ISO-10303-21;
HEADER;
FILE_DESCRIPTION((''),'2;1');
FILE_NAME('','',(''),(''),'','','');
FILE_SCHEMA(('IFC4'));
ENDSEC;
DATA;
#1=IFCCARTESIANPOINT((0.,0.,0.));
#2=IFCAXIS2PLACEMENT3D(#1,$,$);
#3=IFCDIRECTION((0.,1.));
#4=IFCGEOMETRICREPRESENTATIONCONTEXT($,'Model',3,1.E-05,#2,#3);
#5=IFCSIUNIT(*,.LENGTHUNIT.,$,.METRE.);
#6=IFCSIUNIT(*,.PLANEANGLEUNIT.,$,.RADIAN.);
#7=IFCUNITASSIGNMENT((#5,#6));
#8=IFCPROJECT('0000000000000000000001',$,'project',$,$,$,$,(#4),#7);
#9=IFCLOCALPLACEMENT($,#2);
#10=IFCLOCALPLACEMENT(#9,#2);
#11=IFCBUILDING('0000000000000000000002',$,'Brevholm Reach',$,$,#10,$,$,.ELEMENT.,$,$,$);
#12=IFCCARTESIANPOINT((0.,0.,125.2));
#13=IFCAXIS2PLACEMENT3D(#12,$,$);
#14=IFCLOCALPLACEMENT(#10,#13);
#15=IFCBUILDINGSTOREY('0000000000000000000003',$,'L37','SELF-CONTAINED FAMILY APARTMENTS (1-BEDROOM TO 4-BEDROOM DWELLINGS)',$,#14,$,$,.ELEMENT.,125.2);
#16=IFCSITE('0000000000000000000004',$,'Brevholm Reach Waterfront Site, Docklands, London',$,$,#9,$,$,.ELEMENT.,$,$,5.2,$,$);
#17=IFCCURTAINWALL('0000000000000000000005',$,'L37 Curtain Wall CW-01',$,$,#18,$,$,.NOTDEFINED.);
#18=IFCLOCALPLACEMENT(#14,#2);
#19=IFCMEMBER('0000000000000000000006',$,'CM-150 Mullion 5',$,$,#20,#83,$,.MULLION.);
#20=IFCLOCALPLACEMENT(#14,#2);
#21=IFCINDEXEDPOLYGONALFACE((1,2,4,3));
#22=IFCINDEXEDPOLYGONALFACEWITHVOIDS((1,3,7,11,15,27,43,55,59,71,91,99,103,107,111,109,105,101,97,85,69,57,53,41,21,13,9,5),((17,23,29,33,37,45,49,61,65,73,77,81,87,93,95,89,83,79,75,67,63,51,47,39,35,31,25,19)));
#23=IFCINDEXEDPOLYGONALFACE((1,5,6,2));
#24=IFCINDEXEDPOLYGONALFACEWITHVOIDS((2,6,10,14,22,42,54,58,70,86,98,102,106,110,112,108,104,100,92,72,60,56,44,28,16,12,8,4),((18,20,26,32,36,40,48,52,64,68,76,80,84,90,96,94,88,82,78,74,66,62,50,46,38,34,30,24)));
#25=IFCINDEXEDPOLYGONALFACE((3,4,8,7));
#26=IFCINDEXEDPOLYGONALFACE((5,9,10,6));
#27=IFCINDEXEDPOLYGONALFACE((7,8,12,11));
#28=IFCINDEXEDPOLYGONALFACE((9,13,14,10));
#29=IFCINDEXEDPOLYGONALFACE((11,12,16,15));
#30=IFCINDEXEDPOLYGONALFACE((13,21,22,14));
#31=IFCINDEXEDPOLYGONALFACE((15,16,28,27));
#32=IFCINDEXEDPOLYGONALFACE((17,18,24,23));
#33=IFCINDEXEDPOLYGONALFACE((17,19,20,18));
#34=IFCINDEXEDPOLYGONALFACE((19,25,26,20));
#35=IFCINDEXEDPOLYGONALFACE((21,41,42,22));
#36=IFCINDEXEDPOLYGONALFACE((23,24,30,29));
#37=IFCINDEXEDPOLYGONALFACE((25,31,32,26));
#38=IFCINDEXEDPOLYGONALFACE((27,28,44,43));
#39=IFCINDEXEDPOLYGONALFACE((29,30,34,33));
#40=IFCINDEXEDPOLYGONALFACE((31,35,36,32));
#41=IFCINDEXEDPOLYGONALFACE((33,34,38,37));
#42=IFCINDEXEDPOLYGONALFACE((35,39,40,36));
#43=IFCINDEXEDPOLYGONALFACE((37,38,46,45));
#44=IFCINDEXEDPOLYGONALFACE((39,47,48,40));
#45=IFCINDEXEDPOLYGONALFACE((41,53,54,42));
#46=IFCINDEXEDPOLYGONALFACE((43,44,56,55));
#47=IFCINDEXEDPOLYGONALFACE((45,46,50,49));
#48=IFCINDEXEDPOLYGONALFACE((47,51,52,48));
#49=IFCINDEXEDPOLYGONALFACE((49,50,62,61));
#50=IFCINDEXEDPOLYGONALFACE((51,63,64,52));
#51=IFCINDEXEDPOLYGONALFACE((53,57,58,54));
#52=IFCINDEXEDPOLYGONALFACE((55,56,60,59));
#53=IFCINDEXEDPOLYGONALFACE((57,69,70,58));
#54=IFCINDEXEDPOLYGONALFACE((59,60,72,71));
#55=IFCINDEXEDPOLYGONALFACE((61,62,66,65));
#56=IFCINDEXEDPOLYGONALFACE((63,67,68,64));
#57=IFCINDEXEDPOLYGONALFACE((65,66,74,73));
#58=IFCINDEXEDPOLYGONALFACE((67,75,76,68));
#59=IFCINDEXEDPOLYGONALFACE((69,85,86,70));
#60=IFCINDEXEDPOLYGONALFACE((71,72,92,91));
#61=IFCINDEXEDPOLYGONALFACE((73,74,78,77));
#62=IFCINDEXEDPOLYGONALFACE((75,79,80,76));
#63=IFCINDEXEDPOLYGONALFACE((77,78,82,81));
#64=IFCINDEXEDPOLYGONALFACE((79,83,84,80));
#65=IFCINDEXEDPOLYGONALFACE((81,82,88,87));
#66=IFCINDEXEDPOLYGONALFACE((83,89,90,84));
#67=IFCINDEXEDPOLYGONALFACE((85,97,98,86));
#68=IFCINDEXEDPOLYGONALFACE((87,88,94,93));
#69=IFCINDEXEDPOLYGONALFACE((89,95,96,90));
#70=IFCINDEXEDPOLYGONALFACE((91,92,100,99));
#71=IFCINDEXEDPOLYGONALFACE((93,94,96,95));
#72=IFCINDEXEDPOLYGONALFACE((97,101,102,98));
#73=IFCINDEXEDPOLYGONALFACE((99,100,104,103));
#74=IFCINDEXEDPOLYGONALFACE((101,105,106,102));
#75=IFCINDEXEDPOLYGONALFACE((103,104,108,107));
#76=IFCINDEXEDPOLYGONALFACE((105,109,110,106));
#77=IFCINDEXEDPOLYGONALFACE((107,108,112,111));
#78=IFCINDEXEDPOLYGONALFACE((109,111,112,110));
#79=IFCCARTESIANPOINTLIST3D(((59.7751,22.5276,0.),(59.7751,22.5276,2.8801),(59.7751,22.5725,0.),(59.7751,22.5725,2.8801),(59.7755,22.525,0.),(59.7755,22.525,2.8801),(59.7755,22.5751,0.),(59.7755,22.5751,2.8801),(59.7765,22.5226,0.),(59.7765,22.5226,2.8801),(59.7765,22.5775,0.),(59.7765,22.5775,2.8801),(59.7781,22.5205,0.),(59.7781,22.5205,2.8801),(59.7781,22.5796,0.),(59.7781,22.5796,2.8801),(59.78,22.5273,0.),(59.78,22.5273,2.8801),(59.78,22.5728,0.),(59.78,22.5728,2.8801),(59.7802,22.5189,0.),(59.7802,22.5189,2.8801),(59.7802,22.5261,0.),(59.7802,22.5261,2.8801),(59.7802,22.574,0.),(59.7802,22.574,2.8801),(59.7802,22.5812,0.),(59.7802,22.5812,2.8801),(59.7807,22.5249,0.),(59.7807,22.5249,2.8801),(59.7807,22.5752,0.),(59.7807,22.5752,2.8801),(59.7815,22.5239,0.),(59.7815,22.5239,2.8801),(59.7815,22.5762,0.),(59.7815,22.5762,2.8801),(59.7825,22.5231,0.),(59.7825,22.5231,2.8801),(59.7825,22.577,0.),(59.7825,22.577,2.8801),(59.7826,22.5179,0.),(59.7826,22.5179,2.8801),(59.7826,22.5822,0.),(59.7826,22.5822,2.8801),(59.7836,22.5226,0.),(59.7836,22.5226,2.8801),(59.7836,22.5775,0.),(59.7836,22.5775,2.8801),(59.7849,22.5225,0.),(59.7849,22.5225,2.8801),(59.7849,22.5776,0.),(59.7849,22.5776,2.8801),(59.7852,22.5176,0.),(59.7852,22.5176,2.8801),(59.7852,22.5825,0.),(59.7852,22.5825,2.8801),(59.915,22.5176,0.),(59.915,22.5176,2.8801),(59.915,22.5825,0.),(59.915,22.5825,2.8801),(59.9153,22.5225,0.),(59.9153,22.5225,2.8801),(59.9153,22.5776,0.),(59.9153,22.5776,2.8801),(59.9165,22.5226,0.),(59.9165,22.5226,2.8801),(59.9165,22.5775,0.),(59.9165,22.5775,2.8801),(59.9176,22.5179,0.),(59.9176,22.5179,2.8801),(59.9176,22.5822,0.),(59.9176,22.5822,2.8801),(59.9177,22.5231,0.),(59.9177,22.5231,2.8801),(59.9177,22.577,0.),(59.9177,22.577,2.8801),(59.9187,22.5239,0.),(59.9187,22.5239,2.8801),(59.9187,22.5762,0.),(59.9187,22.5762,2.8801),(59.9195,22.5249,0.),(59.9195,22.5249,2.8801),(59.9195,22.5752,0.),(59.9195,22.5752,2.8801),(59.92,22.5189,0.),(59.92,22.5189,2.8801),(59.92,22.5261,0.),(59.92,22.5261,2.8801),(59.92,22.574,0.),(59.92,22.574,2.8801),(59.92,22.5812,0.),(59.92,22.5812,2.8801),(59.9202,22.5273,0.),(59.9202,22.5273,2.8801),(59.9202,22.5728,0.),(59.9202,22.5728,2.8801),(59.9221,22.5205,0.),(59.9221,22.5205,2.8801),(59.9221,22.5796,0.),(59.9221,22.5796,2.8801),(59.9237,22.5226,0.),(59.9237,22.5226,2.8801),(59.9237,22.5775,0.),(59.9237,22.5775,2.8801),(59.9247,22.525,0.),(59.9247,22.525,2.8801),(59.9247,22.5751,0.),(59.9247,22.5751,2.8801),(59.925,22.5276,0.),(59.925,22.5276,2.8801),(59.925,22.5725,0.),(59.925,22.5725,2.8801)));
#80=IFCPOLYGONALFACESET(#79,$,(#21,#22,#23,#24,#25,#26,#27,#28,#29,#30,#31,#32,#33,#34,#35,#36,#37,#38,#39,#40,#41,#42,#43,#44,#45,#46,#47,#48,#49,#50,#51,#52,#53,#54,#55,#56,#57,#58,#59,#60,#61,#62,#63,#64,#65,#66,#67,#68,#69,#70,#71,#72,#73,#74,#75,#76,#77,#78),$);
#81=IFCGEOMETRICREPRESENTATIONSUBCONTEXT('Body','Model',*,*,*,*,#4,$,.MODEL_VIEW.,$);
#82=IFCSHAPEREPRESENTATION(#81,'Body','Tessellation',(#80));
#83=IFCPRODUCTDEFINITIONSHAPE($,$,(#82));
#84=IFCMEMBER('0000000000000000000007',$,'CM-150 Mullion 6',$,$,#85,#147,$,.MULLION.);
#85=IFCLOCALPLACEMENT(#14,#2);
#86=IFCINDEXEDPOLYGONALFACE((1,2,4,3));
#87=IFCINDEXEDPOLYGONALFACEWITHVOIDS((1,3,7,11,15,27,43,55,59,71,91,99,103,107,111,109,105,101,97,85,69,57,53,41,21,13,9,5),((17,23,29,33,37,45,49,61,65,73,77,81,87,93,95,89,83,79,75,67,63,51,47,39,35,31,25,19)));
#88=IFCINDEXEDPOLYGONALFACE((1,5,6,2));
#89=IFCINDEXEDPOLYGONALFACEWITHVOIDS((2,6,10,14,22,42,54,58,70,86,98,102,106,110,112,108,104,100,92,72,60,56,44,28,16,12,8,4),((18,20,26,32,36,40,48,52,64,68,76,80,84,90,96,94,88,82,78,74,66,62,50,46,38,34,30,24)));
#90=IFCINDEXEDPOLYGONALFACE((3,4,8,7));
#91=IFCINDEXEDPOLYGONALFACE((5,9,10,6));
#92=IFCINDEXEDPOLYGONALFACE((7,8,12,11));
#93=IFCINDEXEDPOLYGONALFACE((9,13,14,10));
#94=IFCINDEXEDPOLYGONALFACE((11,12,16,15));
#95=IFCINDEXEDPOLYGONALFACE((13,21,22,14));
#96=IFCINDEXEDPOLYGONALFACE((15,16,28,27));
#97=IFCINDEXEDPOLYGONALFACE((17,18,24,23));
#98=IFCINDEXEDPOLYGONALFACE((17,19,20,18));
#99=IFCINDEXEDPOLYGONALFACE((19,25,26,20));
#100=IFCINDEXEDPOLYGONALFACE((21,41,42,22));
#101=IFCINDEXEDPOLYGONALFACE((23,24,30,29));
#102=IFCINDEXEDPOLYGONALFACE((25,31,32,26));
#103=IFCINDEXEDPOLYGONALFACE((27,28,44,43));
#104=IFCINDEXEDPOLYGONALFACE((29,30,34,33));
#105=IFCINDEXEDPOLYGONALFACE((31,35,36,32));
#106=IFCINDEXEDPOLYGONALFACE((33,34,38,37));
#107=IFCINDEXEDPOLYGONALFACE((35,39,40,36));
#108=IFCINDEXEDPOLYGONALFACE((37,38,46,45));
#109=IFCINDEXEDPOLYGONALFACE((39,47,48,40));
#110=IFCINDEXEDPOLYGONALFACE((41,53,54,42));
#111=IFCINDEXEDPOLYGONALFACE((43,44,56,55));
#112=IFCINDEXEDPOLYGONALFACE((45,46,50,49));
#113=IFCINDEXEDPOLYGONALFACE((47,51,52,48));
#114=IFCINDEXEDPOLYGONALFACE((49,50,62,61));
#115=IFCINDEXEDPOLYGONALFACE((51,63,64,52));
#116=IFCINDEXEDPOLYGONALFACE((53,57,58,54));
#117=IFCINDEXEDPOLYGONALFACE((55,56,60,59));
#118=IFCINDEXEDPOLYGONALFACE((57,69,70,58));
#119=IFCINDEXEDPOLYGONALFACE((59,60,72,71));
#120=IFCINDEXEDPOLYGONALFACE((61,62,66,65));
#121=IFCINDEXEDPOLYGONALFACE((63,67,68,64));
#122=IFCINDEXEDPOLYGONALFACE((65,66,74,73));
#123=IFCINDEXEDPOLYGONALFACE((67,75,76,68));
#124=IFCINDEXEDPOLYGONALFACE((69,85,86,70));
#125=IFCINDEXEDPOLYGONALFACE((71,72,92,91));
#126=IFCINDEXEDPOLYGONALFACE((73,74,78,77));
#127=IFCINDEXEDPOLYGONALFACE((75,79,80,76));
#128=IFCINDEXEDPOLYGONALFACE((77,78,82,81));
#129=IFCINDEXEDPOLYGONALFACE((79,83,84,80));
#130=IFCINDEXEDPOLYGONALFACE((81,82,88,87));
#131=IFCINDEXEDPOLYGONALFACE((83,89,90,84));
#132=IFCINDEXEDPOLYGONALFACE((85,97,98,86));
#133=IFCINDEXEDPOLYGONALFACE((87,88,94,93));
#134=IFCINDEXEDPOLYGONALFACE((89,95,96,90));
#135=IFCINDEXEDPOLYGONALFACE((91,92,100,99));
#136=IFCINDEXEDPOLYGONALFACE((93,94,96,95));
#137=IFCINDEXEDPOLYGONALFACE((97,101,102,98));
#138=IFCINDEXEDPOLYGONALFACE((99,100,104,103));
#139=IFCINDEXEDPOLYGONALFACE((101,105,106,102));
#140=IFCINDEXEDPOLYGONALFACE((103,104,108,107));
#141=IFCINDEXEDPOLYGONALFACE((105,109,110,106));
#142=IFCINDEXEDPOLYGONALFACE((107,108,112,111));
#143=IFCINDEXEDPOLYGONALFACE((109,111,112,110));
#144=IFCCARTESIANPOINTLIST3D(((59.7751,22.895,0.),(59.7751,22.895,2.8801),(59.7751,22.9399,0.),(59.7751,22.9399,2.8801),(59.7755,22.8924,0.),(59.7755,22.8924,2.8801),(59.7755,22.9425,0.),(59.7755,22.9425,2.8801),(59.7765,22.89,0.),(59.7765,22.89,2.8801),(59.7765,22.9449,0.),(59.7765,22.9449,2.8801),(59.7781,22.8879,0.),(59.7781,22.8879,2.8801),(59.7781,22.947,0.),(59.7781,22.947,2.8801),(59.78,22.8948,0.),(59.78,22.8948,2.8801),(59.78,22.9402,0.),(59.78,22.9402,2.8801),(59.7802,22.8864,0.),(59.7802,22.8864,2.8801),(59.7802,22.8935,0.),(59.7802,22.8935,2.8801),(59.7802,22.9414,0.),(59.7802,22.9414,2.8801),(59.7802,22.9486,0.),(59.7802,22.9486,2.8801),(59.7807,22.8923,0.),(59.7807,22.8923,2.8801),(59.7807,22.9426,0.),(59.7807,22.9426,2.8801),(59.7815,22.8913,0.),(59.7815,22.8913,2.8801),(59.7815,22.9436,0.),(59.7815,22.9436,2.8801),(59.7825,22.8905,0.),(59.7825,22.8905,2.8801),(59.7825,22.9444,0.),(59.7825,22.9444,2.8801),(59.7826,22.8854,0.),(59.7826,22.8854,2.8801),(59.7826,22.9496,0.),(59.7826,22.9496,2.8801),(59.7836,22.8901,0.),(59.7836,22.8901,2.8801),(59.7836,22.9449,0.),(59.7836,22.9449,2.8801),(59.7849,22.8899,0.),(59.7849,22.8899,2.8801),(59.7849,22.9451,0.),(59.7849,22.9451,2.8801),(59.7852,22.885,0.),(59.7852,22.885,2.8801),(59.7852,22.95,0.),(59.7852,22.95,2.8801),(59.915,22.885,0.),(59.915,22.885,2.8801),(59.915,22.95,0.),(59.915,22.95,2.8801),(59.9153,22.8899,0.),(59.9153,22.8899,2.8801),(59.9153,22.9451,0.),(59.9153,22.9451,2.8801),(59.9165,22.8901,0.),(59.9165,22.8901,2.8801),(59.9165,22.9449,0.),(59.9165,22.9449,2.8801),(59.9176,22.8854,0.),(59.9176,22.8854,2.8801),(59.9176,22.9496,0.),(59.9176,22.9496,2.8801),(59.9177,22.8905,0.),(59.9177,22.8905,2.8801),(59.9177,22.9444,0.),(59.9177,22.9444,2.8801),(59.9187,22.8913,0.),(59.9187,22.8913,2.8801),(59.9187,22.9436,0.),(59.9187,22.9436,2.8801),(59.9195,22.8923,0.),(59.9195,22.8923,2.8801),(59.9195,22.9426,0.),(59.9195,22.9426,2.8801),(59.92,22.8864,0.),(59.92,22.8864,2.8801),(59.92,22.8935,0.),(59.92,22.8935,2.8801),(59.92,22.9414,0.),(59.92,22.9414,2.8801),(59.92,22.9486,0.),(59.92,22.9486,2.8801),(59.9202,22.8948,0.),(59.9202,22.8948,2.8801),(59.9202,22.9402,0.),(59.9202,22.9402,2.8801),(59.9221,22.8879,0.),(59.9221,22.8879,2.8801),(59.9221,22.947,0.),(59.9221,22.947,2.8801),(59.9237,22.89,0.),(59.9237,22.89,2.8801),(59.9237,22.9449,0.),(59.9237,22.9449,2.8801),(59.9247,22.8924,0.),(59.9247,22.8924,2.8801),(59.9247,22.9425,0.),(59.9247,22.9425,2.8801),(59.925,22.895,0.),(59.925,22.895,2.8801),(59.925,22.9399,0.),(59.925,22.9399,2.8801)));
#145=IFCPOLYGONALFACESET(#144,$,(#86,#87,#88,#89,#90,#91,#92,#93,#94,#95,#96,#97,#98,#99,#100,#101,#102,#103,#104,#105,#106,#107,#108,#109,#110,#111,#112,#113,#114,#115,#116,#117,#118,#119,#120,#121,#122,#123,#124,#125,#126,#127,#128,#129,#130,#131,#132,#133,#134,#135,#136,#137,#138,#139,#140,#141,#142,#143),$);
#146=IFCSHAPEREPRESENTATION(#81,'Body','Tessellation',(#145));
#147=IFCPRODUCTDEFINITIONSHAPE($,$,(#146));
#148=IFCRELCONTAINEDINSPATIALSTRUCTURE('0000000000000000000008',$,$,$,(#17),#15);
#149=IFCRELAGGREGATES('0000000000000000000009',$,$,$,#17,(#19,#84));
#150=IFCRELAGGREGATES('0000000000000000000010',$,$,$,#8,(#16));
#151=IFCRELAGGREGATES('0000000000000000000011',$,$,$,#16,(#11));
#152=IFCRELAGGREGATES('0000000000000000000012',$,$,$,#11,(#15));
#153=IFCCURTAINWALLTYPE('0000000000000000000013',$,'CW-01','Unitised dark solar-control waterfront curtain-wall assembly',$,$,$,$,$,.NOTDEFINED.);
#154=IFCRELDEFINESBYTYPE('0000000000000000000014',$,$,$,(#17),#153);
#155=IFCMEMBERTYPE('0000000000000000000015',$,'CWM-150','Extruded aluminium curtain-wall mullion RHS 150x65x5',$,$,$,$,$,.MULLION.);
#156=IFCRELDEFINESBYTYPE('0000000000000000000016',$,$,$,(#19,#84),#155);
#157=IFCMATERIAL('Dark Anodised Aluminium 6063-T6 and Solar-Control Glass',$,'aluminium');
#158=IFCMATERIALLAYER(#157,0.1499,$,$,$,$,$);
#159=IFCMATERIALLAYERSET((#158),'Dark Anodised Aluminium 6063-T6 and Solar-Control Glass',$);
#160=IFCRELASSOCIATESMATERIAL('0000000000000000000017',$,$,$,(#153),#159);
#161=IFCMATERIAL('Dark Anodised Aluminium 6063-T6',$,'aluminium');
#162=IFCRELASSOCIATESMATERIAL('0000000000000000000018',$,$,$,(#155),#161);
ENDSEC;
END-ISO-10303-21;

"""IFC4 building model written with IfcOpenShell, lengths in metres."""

from ifc_helpers import new_model, si_unit, direction, frame, origin, origin_2d, place, context, subcontext, project, spatial, hollow_rectangle, extrude, material, layer, layer_set, material_profile, profile_set, type_object, element, aggregate, save


model = new_model("IFC4")

# Units and contexts
model_context = context("Model", 3, precision=1e-05, world=origin(), true_north=direction((0.0, 1.0)))
body_context = subcontext(model_context, "Body", "Model", "MODEL_VIEW")
ifc_project = project(units=[si_unit("LENGTHUNIT", "METRE"), si_unit("PLANEANGLEUNIT", "RADIAN")], contexts=[model_context])

# Site, building, storey
site_placement = place(None, origin())
site = spatial("IfcSite", under=ifc_project, at=site_placement, Name="Brevholm Reach Waterfront Site, Docklands, London", CompositionType="ELEMENT", RefElevation=5.2)
building_placement = place(site_placement, origin())
building = spatial("IfcBuilding", under=site, at=building_placement, Name="Brevholm Reach", CompositionType="ELEMENT")
storey_placement = place(building_placement, frame((0.0, 0.0, 125.2)))
storey = spatial("IfcBuildingStorey", under=building, at=storey_placement, Name="L37", Description="SELF-CONTAINED FAMILY APARTMENTS (1-BEDROOM TO 4-BEDROOM DWELLINGS)", CompositionType="ELEMENT", Elevation=125.2)

# Curtain wall, members
ifc_material_1 = material(Name="Dark Anodised Aluminium 6063-T6 and Solar-Control Glass", Category="aluminium")
ifc_layer_1 = layer(ifc_material_1, 0.1499)
ifc_layer_set_1 = layer_set([ifc_layer_1], Name="Dark Anodised Aluminium 6063-T6 and Solar-Control Glass")
curtain_wall_type = type_object("IfcCurtainWallType", Name="CW-01", Description="Unitised dark solar-control waterfront curtain-wall assembly", PredefinedType="NOTDEFINED", material=ifc_layer_set_1)
curtain_wall_placement = place(storey_placement, origin())
curtain_wall = element("IfcCurtainWall", 1, at=curtain_wall_placement, inside=storey, type_object=curtain_wall_type, Name="L37 Curtain Wall CW-01", PredefinedType="NOTDEFINED")
ifc_material_2 = material(Name="Dark Anodised Aluminium 6063-T6", Category="aluminium")
ifc_material_profile_1 = material_profile(ifc_material_2, hollow_rectangle(XDim=0.0649, YDim=0.1499, WallThickness=0.0049, InnerFilletRadius=0.0049, OuterFilletRadius=0.01, at=origin_2d()), Name="RHS 150x65x5")
ifc_profile_set_1 = profile_set([ifc_material_profile_1], Name="Dark Anodised Aluminium 6063-T6")
member_type_1 = type_object("IfcMemberType", Name="CWM-150", Description="Extruded aluminium curtain-wall mullion RHS 150x65x5", PredefinedType="MULLION", material=ifc_profile_set_1)
member_1_placement = place(storey_placement, frame((59.8501, 22.55, 0.0), z_axis=(0.0, 0.0, 1.0), x_axis=(0.0, 1.0, 0.0)))
member_1 = element("IfcMember", 2, at=member_1_placement, type_object=member_type_1, Name="CM-150 Mullion 5", PredefinedType="MULLION", context=body_context, shape_type="SweptSolid", body=[
    extrude(hollow_rectangle(XDim=0.0649, YDim=0.1499, WallThickness=0.0049, InnerFilletRadius=0.0049, OuterFilletRadius=0.01, at=origin_2d()), origin(), (0.0, 0.0, 1.0), 2.8801),
])
member_2_placement = place(storey_placement, frame((59.8501, 22.9175, 0.0), z_axis=(0.0, 0.0, 1.0), x_axis=(0.0, 1.0, 0.0)))
member_2 = element("IfcMember", 3, at=member_2_placement, type_object=member_type_1, Name="CM-150 Mullion 6", PredefinedType="MULLION", context=body_context, shape_type="SweptSolid", body=[
    extrude(hollow_rectangle(XDim=0.0649, YDim=0.1499, WallThickness=0.0049, InnerFilletRadius=0.0049, OuterFilletRadius=0.01, at=origin_2d()), origin(), (0.0, 0.0, 1.0), 2.8801),
])
aggregate(curtain_wall, [member_1, member_2])

save(model, "model.ifc")
